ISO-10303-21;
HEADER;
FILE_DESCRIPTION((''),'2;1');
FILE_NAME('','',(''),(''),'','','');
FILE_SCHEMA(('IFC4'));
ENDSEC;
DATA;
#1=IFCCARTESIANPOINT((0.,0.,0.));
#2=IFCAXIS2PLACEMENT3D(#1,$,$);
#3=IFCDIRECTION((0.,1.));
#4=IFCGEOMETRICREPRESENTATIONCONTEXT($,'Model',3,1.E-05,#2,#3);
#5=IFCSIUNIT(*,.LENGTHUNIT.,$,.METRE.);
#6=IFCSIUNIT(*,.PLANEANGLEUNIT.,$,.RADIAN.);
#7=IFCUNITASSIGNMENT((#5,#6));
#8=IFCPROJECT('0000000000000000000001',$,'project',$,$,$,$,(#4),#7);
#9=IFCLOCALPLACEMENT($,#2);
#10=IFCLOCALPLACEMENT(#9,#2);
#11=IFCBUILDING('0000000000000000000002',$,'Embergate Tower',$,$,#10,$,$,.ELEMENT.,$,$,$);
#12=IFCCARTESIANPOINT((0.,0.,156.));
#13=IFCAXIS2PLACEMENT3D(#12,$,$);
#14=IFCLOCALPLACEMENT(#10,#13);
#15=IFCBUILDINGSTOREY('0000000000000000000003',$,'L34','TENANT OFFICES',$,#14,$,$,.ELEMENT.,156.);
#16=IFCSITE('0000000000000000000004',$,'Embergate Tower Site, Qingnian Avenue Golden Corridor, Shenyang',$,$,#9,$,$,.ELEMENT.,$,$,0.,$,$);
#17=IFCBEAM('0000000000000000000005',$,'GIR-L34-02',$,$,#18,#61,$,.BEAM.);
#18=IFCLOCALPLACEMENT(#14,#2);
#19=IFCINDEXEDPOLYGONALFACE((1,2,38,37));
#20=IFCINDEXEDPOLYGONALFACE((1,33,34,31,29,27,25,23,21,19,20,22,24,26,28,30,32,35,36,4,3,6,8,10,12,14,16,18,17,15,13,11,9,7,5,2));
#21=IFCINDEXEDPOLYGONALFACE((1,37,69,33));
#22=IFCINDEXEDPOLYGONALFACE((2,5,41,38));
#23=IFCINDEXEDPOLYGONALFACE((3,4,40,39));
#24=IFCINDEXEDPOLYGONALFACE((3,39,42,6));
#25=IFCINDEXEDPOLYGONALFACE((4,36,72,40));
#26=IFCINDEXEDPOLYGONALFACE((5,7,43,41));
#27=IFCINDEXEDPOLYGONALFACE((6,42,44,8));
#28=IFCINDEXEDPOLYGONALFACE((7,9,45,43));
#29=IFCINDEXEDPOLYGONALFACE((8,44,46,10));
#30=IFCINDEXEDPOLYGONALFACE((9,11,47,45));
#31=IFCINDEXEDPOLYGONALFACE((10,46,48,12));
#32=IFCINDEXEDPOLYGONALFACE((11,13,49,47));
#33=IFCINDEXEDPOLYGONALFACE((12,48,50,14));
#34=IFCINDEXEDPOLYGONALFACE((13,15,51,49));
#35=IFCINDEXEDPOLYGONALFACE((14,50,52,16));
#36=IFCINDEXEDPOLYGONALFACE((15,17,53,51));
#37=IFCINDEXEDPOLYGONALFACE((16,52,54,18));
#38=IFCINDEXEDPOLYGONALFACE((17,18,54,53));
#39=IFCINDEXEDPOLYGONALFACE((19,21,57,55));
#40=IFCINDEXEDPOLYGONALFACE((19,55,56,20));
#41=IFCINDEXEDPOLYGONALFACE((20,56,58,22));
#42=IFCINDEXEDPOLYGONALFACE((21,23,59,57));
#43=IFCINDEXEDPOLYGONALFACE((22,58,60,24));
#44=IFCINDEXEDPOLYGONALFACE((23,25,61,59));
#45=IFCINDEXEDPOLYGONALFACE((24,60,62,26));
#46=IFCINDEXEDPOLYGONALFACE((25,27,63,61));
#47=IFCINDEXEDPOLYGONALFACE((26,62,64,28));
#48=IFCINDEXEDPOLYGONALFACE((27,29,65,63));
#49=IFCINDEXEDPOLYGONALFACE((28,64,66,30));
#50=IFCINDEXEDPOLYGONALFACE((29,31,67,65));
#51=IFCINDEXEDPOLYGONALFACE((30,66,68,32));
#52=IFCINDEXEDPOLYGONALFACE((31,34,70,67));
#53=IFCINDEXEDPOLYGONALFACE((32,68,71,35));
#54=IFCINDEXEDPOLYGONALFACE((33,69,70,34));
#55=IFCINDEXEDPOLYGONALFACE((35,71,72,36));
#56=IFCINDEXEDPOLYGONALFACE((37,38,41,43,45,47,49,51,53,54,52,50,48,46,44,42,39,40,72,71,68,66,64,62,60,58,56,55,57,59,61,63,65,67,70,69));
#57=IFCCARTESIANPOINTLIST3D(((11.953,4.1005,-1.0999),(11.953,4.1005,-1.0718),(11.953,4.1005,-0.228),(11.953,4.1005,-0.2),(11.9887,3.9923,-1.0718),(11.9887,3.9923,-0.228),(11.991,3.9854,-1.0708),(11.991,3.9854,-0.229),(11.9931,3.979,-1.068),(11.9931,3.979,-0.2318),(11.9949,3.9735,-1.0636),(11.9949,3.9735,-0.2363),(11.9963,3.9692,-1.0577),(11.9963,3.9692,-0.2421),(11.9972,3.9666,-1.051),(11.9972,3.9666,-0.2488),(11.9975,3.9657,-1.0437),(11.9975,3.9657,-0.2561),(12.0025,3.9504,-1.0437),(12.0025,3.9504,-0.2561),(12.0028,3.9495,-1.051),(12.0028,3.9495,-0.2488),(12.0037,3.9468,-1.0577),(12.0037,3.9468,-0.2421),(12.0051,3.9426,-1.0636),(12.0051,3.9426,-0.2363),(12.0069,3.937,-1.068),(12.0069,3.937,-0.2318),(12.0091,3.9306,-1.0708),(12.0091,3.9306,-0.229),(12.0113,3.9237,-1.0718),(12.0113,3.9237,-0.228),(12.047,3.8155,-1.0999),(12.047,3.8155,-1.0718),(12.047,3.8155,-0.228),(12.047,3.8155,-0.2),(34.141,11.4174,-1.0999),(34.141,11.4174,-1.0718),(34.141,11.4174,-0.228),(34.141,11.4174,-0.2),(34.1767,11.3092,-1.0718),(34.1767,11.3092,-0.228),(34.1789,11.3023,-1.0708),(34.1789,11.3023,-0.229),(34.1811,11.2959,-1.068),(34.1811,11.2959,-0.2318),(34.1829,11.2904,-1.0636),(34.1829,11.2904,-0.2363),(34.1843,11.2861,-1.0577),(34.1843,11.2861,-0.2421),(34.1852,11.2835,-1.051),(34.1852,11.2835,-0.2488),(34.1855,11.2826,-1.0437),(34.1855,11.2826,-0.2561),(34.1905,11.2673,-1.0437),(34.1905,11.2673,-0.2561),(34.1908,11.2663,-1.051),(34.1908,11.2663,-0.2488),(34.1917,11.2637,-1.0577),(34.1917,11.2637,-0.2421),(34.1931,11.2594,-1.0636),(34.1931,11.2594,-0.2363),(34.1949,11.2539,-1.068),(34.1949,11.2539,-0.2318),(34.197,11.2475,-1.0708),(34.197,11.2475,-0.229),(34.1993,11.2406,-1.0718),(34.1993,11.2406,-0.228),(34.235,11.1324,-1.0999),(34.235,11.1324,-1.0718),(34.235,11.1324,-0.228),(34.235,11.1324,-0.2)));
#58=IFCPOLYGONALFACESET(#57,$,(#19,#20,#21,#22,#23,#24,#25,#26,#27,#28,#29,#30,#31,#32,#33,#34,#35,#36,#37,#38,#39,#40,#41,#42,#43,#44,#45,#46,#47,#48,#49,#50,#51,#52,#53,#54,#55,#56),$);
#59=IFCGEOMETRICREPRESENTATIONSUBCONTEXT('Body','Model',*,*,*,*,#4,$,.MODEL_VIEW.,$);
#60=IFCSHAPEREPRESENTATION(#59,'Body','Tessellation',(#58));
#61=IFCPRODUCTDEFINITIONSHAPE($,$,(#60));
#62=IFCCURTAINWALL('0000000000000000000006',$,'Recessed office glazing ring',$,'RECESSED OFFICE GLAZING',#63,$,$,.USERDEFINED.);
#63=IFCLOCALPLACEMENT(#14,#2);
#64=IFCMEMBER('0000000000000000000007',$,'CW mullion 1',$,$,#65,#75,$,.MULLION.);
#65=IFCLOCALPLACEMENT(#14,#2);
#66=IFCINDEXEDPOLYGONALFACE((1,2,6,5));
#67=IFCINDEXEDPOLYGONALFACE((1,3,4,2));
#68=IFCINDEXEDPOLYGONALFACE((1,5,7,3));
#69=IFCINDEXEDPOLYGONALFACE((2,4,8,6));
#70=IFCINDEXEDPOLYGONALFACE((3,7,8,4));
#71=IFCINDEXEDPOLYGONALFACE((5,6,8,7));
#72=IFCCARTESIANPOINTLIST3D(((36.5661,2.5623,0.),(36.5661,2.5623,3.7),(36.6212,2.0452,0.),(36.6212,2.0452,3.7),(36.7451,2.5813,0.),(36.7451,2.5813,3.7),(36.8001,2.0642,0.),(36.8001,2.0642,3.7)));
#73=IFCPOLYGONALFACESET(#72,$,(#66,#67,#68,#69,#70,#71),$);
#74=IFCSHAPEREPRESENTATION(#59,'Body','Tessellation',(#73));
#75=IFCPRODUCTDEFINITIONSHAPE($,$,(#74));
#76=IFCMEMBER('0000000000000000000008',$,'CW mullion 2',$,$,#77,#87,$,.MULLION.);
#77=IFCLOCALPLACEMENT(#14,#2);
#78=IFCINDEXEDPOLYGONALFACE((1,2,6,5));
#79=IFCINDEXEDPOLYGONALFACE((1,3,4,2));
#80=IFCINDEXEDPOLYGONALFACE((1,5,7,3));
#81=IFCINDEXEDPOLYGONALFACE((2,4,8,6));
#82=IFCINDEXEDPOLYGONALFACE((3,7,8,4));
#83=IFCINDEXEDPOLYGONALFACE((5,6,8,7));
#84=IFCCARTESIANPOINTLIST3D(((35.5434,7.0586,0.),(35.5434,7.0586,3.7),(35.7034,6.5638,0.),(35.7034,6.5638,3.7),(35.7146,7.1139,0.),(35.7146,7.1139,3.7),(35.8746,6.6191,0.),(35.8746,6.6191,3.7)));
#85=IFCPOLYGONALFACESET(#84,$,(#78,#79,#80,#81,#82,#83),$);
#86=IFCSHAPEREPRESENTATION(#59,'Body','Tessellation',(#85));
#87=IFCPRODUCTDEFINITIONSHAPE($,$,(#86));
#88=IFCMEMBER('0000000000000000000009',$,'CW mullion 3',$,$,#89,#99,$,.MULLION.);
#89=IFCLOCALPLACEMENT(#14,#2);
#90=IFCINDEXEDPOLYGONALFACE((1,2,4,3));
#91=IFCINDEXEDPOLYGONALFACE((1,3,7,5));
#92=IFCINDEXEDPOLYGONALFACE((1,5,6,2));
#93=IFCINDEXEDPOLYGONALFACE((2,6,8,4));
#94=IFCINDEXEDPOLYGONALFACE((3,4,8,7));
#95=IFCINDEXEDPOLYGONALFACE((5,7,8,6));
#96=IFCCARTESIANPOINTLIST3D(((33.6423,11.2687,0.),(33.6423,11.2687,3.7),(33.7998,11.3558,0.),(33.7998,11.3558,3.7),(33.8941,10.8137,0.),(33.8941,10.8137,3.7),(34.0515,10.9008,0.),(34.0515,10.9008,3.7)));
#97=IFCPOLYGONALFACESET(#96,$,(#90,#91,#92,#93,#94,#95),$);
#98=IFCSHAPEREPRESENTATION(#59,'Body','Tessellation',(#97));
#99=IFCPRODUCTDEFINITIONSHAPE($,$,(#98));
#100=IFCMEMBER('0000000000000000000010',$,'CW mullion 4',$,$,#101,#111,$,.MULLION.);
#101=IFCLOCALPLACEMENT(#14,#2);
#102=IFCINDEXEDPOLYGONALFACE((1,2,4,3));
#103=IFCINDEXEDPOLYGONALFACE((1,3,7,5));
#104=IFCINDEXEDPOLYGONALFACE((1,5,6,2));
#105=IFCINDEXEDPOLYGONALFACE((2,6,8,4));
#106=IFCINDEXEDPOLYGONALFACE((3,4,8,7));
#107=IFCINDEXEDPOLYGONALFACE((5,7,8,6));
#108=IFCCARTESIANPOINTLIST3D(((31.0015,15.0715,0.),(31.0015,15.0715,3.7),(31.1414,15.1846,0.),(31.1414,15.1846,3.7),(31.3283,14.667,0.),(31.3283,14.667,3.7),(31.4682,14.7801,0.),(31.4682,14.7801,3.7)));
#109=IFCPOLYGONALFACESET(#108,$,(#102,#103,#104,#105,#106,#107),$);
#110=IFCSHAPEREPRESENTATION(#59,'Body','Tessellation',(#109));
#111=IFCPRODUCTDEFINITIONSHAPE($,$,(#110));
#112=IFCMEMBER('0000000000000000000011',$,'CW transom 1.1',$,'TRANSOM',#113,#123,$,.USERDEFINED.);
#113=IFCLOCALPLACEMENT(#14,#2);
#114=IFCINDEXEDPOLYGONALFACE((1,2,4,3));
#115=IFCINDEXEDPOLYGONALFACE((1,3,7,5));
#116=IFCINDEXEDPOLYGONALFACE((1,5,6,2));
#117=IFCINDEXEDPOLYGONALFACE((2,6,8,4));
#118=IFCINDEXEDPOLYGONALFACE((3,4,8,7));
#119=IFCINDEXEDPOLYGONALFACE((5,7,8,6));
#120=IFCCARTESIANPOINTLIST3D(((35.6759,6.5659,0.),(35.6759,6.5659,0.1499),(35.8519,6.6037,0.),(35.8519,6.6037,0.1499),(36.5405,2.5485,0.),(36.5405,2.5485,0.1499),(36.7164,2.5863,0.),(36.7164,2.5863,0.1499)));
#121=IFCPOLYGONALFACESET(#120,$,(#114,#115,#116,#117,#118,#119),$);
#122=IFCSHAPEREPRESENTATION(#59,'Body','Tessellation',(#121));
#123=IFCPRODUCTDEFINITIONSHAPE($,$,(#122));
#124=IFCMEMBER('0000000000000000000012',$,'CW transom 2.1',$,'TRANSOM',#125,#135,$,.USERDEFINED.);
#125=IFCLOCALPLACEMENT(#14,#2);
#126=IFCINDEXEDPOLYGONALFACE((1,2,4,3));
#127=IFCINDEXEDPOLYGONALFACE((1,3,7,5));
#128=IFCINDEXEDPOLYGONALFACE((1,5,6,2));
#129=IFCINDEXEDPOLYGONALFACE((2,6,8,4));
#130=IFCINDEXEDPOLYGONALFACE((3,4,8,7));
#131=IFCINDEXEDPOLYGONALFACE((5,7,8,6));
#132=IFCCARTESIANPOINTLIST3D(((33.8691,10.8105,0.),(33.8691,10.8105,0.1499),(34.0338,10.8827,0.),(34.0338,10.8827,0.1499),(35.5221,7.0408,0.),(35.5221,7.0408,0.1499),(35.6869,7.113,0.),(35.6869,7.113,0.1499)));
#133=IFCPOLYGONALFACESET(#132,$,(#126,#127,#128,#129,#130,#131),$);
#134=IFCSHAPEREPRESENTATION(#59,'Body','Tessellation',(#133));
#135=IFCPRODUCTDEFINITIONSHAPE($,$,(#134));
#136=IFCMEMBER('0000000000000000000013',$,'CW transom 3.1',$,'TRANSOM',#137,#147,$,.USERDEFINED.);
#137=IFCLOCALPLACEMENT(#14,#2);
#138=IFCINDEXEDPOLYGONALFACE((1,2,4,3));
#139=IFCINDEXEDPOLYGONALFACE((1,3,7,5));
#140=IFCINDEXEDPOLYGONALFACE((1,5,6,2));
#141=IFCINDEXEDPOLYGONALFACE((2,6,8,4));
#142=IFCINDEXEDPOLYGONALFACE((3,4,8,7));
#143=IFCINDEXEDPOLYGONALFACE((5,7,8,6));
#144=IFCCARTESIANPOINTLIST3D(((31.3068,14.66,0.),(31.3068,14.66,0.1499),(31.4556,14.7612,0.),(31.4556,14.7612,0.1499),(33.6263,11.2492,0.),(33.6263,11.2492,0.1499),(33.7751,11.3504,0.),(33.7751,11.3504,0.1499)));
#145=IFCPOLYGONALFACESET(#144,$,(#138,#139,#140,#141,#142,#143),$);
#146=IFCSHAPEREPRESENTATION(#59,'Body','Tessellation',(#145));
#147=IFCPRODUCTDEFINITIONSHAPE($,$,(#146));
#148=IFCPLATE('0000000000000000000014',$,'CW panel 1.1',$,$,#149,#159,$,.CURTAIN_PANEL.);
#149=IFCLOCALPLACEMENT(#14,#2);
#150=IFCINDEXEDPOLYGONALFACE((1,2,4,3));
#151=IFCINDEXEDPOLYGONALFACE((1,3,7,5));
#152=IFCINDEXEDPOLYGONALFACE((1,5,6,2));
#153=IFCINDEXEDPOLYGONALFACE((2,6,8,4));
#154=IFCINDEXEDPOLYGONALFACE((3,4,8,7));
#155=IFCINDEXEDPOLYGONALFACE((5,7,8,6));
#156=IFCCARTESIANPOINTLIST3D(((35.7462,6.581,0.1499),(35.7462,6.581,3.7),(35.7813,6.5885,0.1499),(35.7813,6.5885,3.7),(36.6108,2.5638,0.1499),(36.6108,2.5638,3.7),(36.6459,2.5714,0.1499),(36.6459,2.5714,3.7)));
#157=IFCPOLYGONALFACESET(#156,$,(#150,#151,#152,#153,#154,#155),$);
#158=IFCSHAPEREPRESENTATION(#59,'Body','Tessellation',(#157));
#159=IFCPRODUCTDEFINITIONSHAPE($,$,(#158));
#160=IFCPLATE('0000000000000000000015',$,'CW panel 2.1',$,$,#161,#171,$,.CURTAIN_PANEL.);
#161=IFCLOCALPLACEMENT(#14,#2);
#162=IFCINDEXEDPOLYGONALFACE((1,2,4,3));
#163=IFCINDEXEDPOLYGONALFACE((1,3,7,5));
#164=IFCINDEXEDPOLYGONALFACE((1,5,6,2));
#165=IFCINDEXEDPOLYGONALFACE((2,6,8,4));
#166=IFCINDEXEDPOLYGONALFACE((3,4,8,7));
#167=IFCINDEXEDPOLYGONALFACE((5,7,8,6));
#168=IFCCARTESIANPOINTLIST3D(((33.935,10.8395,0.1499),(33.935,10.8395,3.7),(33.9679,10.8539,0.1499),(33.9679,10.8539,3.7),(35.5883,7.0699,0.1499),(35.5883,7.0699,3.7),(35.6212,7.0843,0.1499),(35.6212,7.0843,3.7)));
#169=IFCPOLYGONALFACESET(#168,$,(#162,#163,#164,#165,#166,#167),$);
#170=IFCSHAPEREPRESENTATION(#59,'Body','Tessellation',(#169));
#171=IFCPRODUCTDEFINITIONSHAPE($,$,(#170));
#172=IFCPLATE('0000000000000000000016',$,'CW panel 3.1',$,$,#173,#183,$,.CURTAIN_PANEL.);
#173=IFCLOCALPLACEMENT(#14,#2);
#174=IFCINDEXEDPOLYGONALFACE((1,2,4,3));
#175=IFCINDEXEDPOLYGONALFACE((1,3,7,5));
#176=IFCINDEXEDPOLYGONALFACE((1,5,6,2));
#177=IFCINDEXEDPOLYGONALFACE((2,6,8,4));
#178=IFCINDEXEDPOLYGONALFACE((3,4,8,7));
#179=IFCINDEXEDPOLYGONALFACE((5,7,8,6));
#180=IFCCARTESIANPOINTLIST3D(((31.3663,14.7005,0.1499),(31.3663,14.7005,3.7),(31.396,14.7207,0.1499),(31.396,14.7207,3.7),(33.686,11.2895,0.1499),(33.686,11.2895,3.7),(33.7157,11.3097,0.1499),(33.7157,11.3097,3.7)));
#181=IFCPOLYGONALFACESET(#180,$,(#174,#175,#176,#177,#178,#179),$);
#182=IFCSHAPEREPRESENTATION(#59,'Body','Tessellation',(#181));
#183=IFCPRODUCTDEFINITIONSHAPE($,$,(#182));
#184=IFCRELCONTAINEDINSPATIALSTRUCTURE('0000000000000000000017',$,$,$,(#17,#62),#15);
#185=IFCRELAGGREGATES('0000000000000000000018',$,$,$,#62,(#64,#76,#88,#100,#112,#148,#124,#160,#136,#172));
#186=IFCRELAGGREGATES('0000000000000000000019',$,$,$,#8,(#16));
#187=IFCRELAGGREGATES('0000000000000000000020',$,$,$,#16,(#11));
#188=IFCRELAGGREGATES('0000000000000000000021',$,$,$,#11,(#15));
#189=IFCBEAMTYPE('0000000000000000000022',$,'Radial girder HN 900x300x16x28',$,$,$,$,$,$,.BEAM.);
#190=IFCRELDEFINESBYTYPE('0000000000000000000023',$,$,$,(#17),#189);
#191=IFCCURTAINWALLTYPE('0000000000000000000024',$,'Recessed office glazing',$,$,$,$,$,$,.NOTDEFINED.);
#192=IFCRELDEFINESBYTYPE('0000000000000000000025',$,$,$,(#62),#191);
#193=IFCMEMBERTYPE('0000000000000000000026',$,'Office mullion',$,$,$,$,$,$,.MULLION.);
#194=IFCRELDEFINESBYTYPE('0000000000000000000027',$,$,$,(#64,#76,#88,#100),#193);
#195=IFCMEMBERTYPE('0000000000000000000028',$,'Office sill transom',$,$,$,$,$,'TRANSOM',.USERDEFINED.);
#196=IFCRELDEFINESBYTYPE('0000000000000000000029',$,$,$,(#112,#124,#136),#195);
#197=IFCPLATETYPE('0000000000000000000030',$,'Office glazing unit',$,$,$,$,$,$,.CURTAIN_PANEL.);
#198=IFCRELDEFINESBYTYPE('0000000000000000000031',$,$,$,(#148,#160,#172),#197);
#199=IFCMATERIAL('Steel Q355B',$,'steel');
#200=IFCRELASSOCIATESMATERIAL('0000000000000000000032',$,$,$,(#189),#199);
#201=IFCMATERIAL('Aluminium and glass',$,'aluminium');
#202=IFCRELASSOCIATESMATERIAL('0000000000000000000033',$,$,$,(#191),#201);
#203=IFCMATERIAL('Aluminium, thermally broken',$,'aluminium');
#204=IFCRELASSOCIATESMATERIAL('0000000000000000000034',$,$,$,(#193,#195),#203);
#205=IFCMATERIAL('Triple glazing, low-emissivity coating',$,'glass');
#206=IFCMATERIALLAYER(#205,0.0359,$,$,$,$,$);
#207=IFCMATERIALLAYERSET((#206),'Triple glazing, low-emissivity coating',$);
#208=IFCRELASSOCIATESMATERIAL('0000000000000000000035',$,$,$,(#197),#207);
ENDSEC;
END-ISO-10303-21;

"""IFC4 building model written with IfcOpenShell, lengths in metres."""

from ifc_helpers import new_model, si_unit, direction, frame, origin, origin_2d, place, context, subcontext, project, spatial, rectangle, i_section, extrude, source, transform, mapped, material, layer, layer_set, material_profile, profile_set, type_object, element, aggregate, save


model = new_model("IFC4")

# Units and contexts
model_context = context("Model", 3, precision=1e-05, world=origin(), true_north=direction((0.0, 1.0)))
body_context = subcontext(model_context, "Body", "Model", "MODEL_VIEW")
ifc_project = project(units=[si_unit("LENGTHUNIT", "METRE"), si_unit("PLANEANGLEUNIT", "RADIAN")], contexts=[model_context])

# Site, building, storey
site_placement = place(None, origin())
site = spatial("IfcSite", under=ifc_project, at=site_placement, Name="Embergate Tower Site, Qingnian Avenue Golden Corridor, Shenyang", CompositionType="ELEMENT", RefElevation=0.0)
building_placement = place(site_placement, origin())
building = spatial("IfcBuilding", under=site, at=building_placement, Name="Embergate Tower", CompositionType="ELEMENT")
storey_placement = place(building_placement, frame((0.0, 0.0, 156.0)))
storey = spatial("IfcBuildingStorey", under=building, at=storey_placement, Name="L34", Description="TENANT OFFICES", CompositionType="ELEMENT", Elevation=156.0)

# Beam
ifc_material_1 = material(Name="Steel Q355B", Category="steel")
ifc_material_profile_1 = material_profile(ifc_material_1, i_section(OverallWidth=0.3, OverallDepth=0.8999, WebThickness=0.0161, FlangeThickness=0.0281, FilletRadius=0.0281, at=origin_2d()), Name="HN 900x300x16x28")
ifc_profile_set_1 = profile_set([ifc_material_profile_1], Name="Steel Q355 grade B")
beam_type_1 = type_object("IfcBeamType", Name="Radial girder HN 900x300x16x28", PredefinedType="BEAM", material=ifc_profile_set_1)
shared_shape_1 = source(origin(), body_context, "Body", "SweptSolid", [
    extrude(i_section(OverallWidth=0.3, OverallDepth=0.8999, WebThickness=0.0161, FlangeThickness=0.0281, FilletRadius=0.0281, at=origin_2d()), origin(), (0.0, 0.0, 1.0), 23.3633),
])
beam_1_placement = place(storey_placement, frame((34.188, 11.2749, -0.6499), z_axis=(-0.949694, -0.313179, 0.0), x_axis=(0.313179, -0.949694, 0.0)))
element("IfcBeam", 1, at=beam_1_placement, inside=storey, type_object=beam_type_1, Name="GIR-L34-02", PredefinedType="BEAM", context=body_context, shape_type="MappedRepresentation", body=[
    mapped(shared_shape_1, transform((0.0, 0.0, 0.0))),
])

# Curtain wall, members, plates
ifc_material_2 = material(Name="Aluminium and glass", Category="aluminium")
curtain_wall_type = type_object("IfcCurtainWallType", Name="Recessed office glazing", PredefinedType="NOTDEFINED", material=ifc_material_2)
curtain_wall_placement = place(storey_placement, origin())
curtain_wall = element("IfcCurtainWall", 2, at=curtain_wall_placement, inside=storey, type_object=curtain_wall_type, Name="Recessed office glazing ring", ObjectType="RECESSED OFFICE GLAZING", PredefinedType="USERDEFINED")
ifc_material_3 = material(Name="Aluminium, thermally broken", Category="aluminium")
ifc_material_profile_2 = material_profile(ifc_material_3, rectangle(XDim=0.1799, YDim=0.52, at=origin_2d()), Name="AL 520x180")
ifc_profile_set_2 = profile_set([ifc_material_profile_2], Name="Aluminium, thermally broken")
member_type_1 = type_object("IfcMemberType", Name="Office mullion", PredefinedType="MULLION", material=ifc_profile_set_2)
shared_shape_2 = source(origin(), body_context, "Body", "SweptSolid", [
    extrude(rectangle(XDim=0.1799, YDim=0.52, at=origin_2d()), origin(), (0.0, 0.0, 1.0), 3.7),
])
member_1_placement = place(storey_placement, frame((36.6831, 2.3132, 0.0), z_axis=(0.0, 0.0, 1.0), x_axis=(-0.994385, -0.105823, 0.0)))
member_1 = element("IfcMember", 3, at=member_1_placement, type_object=member_type_1, Name="CW mullion 1", PredefinedType="MULLION", context=body_context, shape_type="MappedRepresentation", body=[
    mapped(shared_shape_2, transform((0.0, 0.0, 0.0))),
])
member_2_placement = place(storey_placement, frame((35.709, 6.8389, 0.0), z_axis=(0.0, 0.0, 1.0), x_axis=(-0.951498, -0.307654, 0.0)))
member_2 = element("IfcMember", 4, at=member_2_placement, type_object=member_type_1, Name="CW mullion 2", PredefinedType="MULLION", context=body_context, shape_type="MappedRepresentation", body=[
    mapped(shared_shape_2, transform((0.0, 0.0, 0.0))),
])
member_3_placement = place(storey_placement, frame((33.8469, 11.0847, 0.0), z_axis=(0.0, 0.0, 1.0), x_axis=(-0.875002, -0.484119, 0.0)))
member_3 = element("IfcMember", 5, at=member_3_placement, type_object=member_type_1, Name="CW mullion 3", PredefinedType="MULLION", context=body_context, shape_type="MappedRepresentation", body=[
    mapped(shared_shape_2, transform((0.0, 0.0, 0.0))),
])
member_4_placement = place(storey_placement, frame((31.2349, 14.9258, 0.0), z_axis=(0.0, 0.0, 1.0), x_axis=(-0.777873, -0.628422, 0.0)))
member_4 = element("IfcMember", 6, at=member_4_placement, type_object=member_type_1, Name="CW mullion 4", PredefinedType="MULLION", context=body_context, shape_type="MappedRepresentation", body=[
    mapped(shared_shape_2, transform((0.0, 0.0, 0.0))),
])
ifc_material_profile_3 = material_profile(ifc_material_3, rectangle(XDim=0.1799, YDim=0.1499, at=origin_2d()), Name="AL 150x180")
ifc_profile_set_3 = profile_set([ifc_material_profile_3], Name="Aluminium, thermally broken")
member_type_2 = type_object("IfcMemberType", Name="Office sill transom", ElementType="TRANSOM", PredefinedType="USERDEFINED", material=ifc_profile_set_3)
shared_shape_3 = source(origin(), body_context, "Body", "SweptSolid", [
    extrude(rectangle(XDim=0.1799, YDim=0.1499, at=origin_2d()), origin(), (0.0, 0.0, 1.0), 4.1094),
])
member_5_placement = place(storey_placement, frame((36.6284, 2.5674, 0.075), z_axis=(-0.210377, 0.97762, 0.0), x_axis=(-0.97762, -0.210377, 0.0)))
member_5 = element("IfcMember", 7, at=member_5_placement, type_object=member_type_2, Name="CW transom 1.1", ObjectType="TRANSOM", PredefinedType="USERDEFINED", context=body_context, shape_type="MappedRepresentation", body=[
    mapped(shared_shape_3, transform((0.0, 0.0, 0.0))),
])
shared_shape_4 = source(origin(), body_context, "Body", "SweptSolid", [
    extrude(rectangle(XDim=0.1799, YDim=0.1499, at=origin_2d()), origin(), (0.0, 0.0, 1.0), 4.1162),
])
member_6_placement = place(storey_placement, frame((35.6045, 7.0769, 0.075), z_axis=(-0.401593, 0.915818, 0.0), x_axis=(-0.915818, -0.401593, 0.0)))
member_6 = element("IfcMember", 8, at=member_6_placement, type_object=member_type_2, Name="CW transom 2.1", ObjectType="TRANSOM", PredefinedType="USERDEFINED", context=body_context, shape_type="MappedRepresentation", body=[
    mapped(shared_shape_4, transform((0.0, 0.0, 0.0))),
])
shared_shape_5 = source(origin(), body_context, "Body", "SweptSolid", [
    extrude(rectangle(XDim=0.1799, YDim=0.1499, at=origin_2d()), origin(), (0.0, 0.0, 1.0), 4.1248),
])
member_7_placement = place(storey_placement, frame((33.7007, 11.2998, 0.075), z_axis=(-0.562339, 0.826907, 0.0), x_axis=(-0.826907, -0.562339, 0.0)))
member_7 = element("IfcMember", 9, at=member_7_placement, type_object=member_type_2, Name="CW transom 3.1", ObjectType="TRANSOM", PredefinedType="USERDEFINED", context=body_context, shape_type="MappedRepresentation", body=[
    mapped(shared_shape_5, transform((0.0, 0.0, 0.0))),
])
ifc_material_4 = material(Name="Triple glazing, low-emissivity coating", Category="glass")
ifc_layer_1 = layer(ifc_material_4, 0.0359)
ifc_layer_set_1 = layer_set([ifc_layer_1], Name="Triple glazing, low-emissivity coating")
plate_type = type_object("IfcPlateType", Name="Office glazing unit", PredefinedType="CURTAIN_PANEL", material=ifc_layer_set_1)
shared_shape_6 = source(origin(), body_context, "Body", "SweptSolid", [
    extrude(rectangle(XDim=4.1091, YDim=0.0359, at=origin_2d()), origin(), (0.0, 0.0, 1.0), 3.55),
])
plate_1_placement = place(storey_placement, frame((36.196, 4.5762, 0.1499), z_axis=(0.0, 0.0, 1.0), x_axis=(-0.210398, 0.977616, 0.0)))
plate_1 = element("IfcPlate", 10, at=plate_1_placement, type_object=plate_type, Name="CW panel 1.1", PredefinedType="CURTAIN_PANEL", context=body_context, shape_type="MappedRepresentation", body=[
    mapped(shared_shape_6, transform((0.0, 0.0, 0.0))),
])
shared_shape_7 = source(origin(), body_context, "Body", "SweptSolid", [
    extrude(rectangle(XDim=4.1162, YDim=0.0359, at=origin_2d()), origin(), (0.0, 0.0, 1.0), 3.55),
])
plate_2_placement = place(storey_placement, frame((34.7781, 8.9619, 0.1499), z_axis=(0.0, 0.0, 1.0), x_axis=(-0.401652, 0.915792, 0.0)))
plate_2 = element("IfcPlate", 11, at=plate_2_placement, type_object=plate_type, Name="CW panel 2.1", PredefinedType="CURTAIN_PANEL", context=body_context, shape_type="MappedRepresentation", body=[
    mapped(shared_shape_7, transform((0.0, 0.0, 0.0))),
])
shared_shape_8 = source(origin(), body_context, "Body", "SweptSolid", [
    extrude(rectangle(XDim=4.125, YDim=0.0359, at=origin_2d()), origin(), (0.0, 0.0, 1.0), 3.55),
])
plate_3_placement = place(storey_placement, frame((32.541, 13.0051, 0.1499), z_axis=(0.0, 0.0, 1.0), x_axis=(-0.562342, 0.826905, 0.0)))
plate_3 = element("IfcPlate", 12, at=plate_3_placement, type_object=plate_type, Name="CW panel 3.1", PredefinedType="CURTAIN_PANEL", context=body_context, shape_type="MappedRepresentation", body=[
    mapped(shared_shape_8, transform((0.0, 0.0, 0.0))),
])
aggregate(curtain_wall, [member_1, member_2, member_3, member_4, member_5, plate_1, member_6, plate_2, member_7, plate_3])

save(model, "model.ifc")
